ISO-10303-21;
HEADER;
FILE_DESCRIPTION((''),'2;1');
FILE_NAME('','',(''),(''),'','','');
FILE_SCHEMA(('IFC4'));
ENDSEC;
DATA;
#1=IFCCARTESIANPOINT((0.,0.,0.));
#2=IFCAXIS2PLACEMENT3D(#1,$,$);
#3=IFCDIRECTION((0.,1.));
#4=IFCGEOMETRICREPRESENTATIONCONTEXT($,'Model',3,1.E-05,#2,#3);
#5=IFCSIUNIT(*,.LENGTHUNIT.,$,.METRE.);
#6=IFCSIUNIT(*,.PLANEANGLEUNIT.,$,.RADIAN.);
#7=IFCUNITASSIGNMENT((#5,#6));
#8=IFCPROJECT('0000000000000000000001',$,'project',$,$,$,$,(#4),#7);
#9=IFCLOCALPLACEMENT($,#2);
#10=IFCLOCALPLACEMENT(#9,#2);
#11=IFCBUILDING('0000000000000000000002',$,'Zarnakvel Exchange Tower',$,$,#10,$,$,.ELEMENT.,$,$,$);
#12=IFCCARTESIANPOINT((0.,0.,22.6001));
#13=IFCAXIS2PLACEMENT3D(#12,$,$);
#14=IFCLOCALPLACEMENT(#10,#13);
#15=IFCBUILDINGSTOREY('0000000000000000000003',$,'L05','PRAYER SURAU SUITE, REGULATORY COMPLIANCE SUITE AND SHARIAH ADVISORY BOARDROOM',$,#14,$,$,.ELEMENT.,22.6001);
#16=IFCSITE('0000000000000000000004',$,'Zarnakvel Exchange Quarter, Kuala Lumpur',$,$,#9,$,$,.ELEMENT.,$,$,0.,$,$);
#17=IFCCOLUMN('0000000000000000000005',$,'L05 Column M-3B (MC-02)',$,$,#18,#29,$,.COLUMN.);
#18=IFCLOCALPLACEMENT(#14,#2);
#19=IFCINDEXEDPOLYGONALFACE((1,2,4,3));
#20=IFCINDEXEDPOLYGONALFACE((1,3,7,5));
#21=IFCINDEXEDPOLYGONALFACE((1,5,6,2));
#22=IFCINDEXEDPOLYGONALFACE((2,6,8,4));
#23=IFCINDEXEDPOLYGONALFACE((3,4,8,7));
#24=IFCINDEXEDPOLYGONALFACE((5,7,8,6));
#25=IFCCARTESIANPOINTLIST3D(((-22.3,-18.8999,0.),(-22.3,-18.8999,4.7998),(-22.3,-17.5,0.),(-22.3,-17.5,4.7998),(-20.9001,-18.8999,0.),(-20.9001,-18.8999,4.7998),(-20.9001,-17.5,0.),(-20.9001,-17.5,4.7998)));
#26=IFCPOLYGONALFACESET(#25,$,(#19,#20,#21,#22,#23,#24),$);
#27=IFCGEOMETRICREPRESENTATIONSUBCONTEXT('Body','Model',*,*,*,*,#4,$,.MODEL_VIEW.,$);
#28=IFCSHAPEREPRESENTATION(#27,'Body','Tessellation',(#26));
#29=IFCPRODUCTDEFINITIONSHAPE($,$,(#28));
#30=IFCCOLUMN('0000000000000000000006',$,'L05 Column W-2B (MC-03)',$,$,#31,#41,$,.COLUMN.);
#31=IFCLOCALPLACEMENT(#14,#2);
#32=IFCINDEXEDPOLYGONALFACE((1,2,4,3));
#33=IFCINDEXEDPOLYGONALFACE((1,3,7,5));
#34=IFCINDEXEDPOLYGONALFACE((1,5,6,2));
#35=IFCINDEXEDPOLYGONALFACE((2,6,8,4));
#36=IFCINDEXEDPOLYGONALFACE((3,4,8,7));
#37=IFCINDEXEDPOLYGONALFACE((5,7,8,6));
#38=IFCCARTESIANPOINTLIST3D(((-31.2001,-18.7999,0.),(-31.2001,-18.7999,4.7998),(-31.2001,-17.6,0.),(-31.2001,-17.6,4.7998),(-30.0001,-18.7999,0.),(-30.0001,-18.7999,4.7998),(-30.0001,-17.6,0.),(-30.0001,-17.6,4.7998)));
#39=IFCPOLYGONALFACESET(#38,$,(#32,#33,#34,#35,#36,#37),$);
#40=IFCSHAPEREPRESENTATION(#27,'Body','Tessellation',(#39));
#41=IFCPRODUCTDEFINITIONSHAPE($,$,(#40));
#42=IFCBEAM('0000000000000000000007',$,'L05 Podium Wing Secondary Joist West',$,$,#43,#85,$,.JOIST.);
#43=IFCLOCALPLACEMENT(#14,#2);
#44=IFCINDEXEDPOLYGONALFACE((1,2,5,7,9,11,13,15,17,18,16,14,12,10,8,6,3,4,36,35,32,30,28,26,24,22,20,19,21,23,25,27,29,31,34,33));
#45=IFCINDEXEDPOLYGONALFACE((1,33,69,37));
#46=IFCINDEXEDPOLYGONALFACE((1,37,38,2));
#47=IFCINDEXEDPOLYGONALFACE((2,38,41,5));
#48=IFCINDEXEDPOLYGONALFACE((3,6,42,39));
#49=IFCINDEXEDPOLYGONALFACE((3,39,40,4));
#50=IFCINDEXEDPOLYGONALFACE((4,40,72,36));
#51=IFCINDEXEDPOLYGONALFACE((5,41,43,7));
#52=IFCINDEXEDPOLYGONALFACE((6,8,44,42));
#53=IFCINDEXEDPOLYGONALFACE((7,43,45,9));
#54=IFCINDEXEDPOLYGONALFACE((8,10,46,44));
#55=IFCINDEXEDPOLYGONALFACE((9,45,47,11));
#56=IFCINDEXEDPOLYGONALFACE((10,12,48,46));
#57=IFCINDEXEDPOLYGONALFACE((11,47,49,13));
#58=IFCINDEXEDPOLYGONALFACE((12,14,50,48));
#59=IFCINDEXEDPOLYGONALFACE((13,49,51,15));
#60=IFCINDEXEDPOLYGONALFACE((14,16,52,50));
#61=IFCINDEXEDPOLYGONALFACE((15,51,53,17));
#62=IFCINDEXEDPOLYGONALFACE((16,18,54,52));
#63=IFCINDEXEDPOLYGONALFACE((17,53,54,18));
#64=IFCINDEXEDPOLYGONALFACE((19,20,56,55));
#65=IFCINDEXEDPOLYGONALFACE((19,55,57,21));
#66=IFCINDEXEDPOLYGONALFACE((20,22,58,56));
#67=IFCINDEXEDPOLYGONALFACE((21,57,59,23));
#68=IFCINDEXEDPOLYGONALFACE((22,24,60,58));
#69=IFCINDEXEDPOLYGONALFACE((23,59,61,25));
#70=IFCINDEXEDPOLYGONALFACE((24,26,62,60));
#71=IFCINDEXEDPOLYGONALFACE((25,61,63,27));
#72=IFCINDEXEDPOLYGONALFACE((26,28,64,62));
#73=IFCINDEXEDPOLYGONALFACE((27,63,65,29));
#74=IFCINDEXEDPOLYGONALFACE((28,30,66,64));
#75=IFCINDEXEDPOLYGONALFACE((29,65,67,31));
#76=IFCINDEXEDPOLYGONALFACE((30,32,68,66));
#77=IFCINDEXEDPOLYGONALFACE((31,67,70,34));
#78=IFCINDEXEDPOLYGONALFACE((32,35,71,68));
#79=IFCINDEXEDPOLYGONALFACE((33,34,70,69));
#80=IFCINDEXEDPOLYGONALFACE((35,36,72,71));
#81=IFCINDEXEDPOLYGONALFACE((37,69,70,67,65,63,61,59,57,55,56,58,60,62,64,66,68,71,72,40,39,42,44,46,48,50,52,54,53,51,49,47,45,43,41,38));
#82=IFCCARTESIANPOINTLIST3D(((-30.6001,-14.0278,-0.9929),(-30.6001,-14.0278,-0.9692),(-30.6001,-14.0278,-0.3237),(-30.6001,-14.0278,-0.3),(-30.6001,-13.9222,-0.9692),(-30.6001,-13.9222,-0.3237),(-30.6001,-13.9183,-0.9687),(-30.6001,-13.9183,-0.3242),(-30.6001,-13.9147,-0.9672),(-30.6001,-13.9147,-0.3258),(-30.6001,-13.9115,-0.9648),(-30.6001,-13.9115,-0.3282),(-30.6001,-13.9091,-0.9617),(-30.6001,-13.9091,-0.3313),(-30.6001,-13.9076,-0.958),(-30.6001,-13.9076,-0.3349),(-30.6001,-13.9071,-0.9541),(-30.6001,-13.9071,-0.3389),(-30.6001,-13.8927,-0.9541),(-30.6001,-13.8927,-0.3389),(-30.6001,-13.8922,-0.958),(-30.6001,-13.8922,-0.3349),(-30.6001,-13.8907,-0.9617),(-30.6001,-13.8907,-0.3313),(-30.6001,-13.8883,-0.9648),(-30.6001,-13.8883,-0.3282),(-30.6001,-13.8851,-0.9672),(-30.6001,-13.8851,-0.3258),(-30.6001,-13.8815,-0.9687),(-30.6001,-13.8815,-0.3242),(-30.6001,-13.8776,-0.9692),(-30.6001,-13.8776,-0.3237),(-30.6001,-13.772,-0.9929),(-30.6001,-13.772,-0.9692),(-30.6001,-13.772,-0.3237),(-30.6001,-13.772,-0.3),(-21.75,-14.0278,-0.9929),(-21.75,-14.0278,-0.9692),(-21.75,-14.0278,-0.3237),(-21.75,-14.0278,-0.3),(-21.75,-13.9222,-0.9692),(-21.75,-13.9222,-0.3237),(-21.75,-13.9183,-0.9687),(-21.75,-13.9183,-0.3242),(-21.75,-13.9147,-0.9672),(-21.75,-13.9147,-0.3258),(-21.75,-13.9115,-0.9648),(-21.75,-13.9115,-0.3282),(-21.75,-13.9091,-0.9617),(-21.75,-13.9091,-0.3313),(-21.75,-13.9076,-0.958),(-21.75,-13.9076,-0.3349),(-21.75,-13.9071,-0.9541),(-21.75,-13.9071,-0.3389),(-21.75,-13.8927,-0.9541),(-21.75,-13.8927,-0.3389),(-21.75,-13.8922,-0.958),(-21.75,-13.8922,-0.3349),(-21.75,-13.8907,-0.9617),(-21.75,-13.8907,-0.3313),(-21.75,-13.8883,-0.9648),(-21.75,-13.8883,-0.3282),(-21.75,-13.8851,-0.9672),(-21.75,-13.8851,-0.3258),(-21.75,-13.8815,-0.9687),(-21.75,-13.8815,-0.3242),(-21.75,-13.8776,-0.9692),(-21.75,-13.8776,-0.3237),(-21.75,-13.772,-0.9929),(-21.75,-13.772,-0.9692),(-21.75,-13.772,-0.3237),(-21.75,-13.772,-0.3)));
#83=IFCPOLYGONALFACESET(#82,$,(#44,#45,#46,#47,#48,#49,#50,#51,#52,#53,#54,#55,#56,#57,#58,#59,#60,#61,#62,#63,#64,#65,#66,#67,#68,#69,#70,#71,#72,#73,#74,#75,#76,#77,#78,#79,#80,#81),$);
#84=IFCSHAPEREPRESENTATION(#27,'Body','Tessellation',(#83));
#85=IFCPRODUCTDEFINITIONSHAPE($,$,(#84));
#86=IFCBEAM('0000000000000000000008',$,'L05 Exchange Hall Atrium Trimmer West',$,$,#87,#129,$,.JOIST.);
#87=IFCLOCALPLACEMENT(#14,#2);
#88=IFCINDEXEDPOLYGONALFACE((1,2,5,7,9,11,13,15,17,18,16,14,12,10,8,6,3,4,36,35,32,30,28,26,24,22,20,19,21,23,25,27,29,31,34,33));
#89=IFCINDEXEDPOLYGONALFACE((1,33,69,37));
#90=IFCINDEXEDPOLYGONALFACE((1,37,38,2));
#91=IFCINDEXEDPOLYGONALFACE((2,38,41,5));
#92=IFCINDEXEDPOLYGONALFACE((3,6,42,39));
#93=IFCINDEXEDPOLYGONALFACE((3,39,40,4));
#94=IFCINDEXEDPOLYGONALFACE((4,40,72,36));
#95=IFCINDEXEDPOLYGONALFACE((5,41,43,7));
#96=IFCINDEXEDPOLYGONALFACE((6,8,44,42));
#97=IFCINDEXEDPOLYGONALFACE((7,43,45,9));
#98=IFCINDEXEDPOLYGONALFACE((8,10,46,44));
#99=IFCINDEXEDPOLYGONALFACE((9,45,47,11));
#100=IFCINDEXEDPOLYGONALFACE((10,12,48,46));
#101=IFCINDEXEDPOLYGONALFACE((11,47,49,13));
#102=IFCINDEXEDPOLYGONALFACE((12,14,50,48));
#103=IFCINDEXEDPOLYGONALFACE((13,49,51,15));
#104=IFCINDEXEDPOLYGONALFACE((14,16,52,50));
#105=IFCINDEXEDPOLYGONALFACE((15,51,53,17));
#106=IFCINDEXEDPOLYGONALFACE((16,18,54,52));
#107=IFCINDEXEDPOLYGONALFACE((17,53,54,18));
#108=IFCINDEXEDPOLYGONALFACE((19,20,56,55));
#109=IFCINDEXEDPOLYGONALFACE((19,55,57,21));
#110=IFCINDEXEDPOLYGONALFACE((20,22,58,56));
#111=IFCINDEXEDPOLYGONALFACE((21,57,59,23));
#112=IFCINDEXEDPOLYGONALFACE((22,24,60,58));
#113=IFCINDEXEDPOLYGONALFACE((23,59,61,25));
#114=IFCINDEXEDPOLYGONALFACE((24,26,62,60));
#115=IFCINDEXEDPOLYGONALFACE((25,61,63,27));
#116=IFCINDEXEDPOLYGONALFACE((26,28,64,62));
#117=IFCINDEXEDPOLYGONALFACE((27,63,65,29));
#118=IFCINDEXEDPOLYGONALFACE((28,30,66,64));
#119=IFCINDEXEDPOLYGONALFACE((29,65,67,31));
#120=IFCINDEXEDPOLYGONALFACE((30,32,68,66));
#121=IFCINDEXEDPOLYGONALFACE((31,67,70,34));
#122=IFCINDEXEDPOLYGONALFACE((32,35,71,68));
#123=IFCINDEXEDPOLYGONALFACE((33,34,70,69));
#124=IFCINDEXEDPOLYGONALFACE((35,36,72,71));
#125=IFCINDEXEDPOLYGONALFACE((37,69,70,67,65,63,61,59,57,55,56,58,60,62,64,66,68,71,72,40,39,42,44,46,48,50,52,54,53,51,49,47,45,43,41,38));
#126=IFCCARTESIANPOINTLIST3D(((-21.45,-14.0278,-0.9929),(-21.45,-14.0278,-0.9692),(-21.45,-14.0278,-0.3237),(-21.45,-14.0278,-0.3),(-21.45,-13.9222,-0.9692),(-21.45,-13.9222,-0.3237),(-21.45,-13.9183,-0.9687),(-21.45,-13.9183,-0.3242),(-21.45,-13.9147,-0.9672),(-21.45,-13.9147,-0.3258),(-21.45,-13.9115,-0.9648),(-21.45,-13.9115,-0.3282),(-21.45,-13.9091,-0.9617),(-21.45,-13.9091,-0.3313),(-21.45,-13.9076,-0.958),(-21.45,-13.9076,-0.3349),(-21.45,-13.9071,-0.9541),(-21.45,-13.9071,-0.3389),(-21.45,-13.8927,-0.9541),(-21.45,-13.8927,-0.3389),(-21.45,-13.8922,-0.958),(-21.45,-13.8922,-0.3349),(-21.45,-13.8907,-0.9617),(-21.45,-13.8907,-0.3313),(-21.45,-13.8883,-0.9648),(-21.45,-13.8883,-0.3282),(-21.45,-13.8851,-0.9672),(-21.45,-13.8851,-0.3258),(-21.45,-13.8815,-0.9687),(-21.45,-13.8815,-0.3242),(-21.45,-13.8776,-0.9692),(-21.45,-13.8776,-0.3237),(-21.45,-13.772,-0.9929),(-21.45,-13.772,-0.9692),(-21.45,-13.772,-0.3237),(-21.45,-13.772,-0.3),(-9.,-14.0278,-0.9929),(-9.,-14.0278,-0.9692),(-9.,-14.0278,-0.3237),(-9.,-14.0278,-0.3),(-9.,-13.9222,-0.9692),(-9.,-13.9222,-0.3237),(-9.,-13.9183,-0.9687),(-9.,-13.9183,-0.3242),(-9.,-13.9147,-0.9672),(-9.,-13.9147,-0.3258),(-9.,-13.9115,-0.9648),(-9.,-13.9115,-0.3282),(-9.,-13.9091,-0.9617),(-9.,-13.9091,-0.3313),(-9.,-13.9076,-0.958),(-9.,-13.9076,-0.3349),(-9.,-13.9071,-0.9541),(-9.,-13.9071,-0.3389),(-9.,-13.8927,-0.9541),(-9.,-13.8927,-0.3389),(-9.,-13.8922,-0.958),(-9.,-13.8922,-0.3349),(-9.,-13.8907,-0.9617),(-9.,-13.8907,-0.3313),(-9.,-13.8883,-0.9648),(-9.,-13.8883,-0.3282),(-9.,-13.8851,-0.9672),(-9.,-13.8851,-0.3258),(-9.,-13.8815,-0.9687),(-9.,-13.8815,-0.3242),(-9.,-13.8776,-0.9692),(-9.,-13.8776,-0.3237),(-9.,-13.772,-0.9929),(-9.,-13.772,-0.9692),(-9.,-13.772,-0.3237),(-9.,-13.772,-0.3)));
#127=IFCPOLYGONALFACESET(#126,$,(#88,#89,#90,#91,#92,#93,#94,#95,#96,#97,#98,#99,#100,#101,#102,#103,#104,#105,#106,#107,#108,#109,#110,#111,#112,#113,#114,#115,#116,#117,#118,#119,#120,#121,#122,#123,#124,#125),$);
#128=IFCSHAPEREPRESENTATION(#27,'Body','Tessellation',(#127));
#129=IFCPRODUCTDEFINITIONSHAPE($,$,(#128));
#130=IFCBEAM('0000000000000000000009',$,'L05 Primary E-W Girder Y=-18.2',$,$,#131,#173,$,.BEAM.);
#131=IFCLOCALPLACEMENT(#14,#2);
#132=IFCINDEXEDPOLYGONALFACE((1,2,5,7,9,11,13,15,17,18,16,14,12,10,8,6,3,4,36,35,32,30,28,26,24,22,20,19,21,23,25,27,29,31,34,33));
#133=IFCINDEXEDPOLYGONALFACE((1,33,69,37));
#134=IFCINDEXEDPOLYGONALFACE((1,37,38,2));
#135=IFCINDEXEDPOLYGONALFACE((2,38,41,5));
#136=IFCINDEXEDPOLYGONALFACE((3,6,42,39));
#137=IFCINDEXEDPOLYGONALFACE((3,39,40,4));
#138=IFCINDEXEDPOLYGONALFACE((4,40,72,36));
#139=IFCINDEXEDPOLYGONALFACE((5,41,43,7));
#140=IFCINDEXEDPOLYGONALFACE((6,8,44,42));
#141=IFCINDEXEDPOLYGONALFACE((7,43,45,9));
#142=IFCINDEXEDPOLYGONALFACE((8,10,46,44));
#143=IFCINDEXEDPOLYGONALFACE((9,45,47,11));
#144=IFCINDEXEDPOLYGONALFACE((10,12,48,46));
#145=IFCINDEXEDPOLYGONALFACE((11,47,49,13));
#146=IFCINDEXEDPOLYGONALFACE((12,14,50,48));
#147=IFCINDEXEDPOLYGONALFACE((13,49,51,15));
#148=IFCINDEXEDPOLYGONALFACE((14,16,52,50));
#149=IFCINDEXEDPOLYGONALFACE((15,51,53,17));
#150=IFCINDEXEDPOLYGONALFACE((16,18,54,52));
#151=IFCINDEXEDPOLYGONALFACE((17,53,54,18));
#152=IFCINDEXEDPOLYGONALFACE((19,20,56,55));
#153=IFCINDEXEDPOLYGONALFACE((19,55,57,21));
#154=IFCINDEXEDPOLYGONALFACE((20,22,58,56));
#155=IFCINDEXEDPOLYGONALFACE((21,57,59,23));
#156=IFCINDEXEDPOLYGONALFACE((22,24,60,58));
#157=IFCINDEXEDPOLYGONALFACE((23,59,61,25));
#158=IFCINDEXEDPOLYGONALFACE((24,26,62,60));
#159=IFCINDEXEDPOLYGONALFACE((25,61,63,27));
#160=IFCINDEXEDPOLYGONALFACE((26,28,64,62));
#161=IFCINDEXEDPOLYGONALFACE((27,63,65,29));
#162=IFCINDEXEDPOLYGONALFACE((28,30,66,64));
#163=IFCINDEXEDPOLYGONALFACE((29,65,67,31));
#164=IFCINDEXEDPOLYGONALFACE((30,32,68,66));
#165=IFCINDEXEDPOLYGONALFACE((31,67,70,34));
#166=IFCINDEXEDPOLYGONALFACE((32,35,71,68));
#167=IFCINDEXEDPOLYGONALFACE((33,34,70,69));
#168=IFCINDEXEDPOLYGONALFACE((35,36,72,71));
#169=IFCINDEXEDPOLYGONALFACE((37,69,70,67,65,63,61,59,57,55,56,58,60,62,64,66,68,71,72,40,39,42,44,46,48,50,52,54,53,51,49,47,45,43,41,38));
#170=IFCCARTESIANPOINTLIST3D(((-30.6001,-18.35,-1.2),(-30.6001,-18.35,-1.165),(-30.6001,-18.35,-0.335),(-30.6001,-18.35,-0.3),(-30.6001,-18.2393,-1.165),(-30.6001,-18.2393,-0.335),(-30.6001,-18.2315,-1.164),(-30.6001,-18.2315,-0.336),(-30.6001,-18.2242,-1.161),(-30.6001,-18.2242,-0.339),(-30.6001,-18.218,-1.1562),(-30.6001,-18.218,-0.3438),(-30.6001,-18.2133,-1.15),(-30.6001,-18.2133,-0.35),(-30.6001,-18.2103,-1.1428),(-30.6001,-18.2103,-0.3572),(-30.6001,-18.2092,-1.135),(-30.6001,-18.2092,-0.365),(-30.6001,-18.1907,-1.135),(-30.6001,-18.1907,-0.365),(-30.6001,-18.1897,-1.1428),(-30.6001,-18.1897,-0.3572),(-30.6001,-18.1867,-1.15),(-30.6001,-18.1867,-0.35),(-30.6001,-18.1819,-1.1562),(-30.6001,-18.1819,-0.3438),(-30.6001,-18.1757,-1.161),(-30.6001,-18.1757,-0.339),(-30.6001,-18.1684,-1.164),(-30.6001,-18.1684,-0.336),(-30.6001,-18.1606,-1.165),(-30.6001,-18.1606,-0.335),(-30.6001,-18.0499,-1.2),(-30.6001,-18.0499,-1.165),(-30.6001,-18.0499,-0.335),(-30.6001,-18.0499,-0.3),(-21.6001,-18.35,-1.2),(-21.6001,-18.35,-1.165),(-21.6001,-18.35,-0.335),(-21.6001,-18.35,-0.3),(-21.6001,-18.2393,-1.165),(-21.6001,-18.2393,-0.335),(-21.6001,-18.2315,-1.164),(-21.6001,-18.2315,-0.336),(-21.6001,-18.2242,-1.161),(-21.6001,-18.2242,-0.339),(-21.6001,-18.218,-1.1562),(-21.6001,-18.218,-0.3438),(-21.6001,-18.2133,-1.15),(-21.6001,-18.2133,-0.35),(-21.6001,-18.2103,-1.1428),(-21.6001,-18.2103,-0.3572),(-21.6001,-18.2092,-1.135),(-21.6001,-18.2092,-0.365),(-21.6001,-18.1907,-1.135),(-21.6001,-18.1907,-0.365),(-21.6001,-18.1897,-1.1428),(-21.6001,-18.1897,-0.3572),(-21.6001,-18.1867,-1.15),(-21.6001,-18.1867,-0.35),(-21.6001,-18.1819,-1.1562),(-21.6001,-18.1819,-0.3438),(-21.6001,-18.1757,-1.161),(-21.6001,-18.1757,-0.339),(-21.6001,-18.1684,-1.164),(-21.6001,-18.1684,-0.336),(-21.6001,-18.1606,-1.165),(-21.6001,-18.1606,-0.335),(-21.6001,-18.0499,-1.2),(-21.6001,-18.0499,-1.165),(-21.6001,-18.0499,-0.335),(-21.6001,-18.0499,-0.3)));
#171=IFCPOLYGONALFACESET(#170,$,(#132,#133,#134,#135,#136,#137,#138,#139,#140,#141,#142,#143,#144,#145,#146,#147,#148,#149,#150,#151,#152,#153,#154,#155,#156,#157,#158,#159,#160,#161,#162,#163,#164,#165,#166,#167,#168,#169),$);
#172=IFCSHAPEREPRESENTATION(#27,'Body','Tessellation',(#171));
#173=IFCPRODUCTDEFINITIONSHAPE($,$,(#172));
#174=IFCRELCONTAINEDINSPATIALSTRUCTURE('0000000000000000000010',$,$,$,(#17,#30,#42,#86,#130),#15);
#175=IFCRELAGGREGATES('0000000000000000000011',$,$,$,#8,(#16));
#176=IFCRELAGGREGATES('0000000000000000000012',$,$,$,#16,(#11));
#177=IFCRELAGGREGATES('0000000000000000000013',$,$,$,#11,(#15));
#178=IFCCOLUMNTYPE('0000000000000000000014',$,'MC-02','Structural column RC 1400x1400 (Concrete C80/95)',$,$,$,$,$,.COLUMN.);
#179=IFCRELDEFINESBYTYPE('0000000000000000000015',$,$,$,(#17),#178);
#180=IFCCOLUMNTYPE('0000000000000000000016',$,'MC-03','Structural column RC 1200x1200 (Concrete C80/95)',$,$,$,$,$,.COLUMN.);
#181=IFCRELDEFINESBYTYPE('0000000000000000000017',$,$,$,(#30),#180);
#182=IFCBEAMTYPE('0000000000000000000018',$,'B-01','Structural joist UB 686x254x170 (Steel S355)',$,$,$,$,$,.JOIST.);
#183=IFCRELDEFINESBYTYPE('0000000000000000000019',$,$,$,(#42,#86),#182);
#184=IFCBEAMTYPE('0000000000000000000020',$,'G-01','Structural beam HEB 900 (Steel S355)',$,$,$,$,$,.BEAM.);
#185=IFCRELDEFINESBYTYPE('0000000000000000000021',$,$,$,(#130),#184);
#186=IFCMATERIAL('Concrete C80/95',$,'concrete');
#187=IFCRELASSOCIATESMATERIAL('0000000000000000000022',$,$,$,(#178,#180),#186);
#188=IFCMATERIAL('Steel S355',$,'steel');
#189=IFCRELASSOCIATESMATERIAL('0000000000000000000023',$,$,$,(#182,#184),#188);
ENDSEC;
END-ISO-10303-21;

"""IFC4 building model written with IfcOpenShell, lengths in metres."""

from ifc_helpers import new_model, si_unit, direction, frame, origin, origin_2d, place, context, subcontext, project, spatial, rectangle, i_section, extrude, material, material_profile, profile_set, type_object, element, save


model = new_model("IFC4")

# Units and contexts
model_context = context("Model", 3, precision=1e-05, world=origin(), true_north=direction((0.0, 1.0)))
body_context = subcontext(model_context, "Body", "Model", "MODEL_VIEW")
ifc_project = project(units=[si_unit("LENGTHUNIT", "METRE"), si_unit("PLANEANGLEUNIT", "RADIAN")], contexts=[model_context])

# Site, building, storey
site_placement = place(None, origin())
site = spatial("IfcSite", under=ifc_project, at=site_placement, Name="Zarnakvel Exchange Quarter, Kuala Lumpur", CompositionType="ELEMENT", RefElevation=0.0)
building_placement = place(site_placement, origin())
building = spatial("IfcBuilding", under=site, at=building_placement, Name="Zarnakvel Exchange Tower", CompositionType="ELEMENT")
storey_placement = place(building_placement, frame((0.0, 0.0, 22.6001)))
storey = spatial("IfcBuildingStorey", under=building, at=storey_placement, Name="L05", Description="PRAYER SURAU SUITE, REGULATORY COMPLIANCE SUITE AND SHARIAH ADVISORY BOARDROOM", CompositionType="ELEMENT", Elevation=22.6001)

# Columns
ifc_material_1 = material(Name="Concrete C80/95", Category="concrete")
ifc_material_profile_1 = material_profile(ifc_material_1, rectangle(XDim=1.3999, YDim=1.3999, at=origin_2d()))
ifc_profile_set_1 = profile_set([ifc_material_profile_1], Name="Concrete C80/95")
column_type_1 = type_object("IfcColumnType", Name="MC-02", Description="Structural column RC 1400x1400 (Concrete C80/95)", PredefinedType="COLUMN", material=ifc_profile_set_1)
column_1_placement = place(storey_placement, frame((-21.6001, -18.2, 0.0), z_axis=(0.0, 0.0, 1.0), x_axis=(1.0, 0.0, 0.0)))
element("IfcColumn", 1, at=column_1_placement, inside=storey, type_object=column_type_1, Name="L05 Column M-3B (MC-02)", PredefinedType="COLUMN", context=body_context, shape_type="SweptSolid", body=[
    extrude(rectangle(XDim=1.3999, YDim=1.3999, at=origin_2d()), origin(), (0.0, 0.0, 1.0), 4.7998),
])
ifc_material_profile_2 = material_profile(ifc_material_1, rectangle(XDim=1.2, YDim=1.2, at=origin_2d()))
ifc_profile_set_2 = profile_set([ifc_material_profile_2], Name="Concrete C80/95")
column_type_2 = type_object("IfcColumnType", Name="MC-03", Description="Structural column RC 1200x1200 (Concrete C80/95)", PredefinedType="COLUMN", material=ifc_profile_set_2)
column_2_placement = place(storey_placement, frame((-30.6001, -18.2, 0.0), z_axis=(0.0, 0.0, 1.0), x_axis=(1.0, 0.0, 0.0)))
element("IfcColumn", 2, at=column_2_placement, inside=storey, type_object=column_type_2, Name="L05 Column W-2B (MC-03)", PredefinedType="COLUMN", context=body_context, shape_type="SweptSolid", body=[
    extrude(rectangle(XDim=1.2, YDim=1.2, at=origin_2d()), origin(), (0.0, 0.0, 1.0), 4.7998),
])

# Beams
ifc_material_2 = material(Name="Steel S355", Category="steel")
ifc_material_profile_3 = material_profile(ifc_material_2, i_section(OverallWidth=0.2559, OverallDepth=0.6929, WebThickness=0.0144, FlangeThickness=0.0237, FilletRadius=0.0151, at=origin_2d()))
ifc_profile_set_3 = profile_set([ifc_material_profile_3], Name="Steel S355")
beam_type_1 = type_object("IfcBeamType", Name="B-01", Description="Structural joist UB 686x254x170 (Steel S355)", PredefinedType="JOIST", material=ifc_profile_set_3)
beam_1_placement = place(storey_placement, frame((-30.6001, -13.8999, -0.6465), z_axis=(1.0, 0.0, 0.0), x_axis=(0.0, 1.0, 0.0)))
element("IfcBeam", 3, at=beam_1_placement, inside=storey, type_object=beam_type_1, Name="L05 Podium Wing Secondary Joist West", PredefinedType="JOIST", context=body_context, shape_type="SweptSolid", body=[
    extrude(i_section(OverallWidth=0.2559, OverallDepth=0.6929, WebThickness=0.0144, FlangeThickness=0.0237, FilletRadius=0.0151, at=origin_2d()), origin(), (0.0, 0.0, 1.0), 8.8501),
])
beam_2_placement = place(storey_placement, frame((-21.45, -13.8999, -0.6465), z_axis=(1.0, 0.0, 0.0), x_axis=(0.0, 1.0, 0.0)))
element("IfcBeam", 4, at=beam_2_placement, inside=storey, type_object=beam_type_1, Name="L05 Exchange Hall Atrium Trimmer West", PredefinedType="JOIST", context=body_context, shape_type="SweptSolid", body=[
    extrude(i_section(OverallWidth=0.2559, OverallDepth=0.6929, WebThickness=0.0144, FlangeThickness=0.0237, FilletRadius=0.0151, at=origin_2d()), origin(), (0.0, 0.0, 1.0), 12.45),
])
ifc_material_profile_4 = material_profile(ifc_material_2, i_section(OverallWidth=0.3, OverallDepth=0.8999, WebThickness=0.0186, FlangeThickness=0.0349, FilletRadius=0.03, at=origin_2d()))
ifc_profile_set_4 = profile_set([ifc_material_profile_4], Name="Steel S355")
beam_type_2 = type_object("IfcBeamType", Name="G-01", Description="Structural beam HEB 900 (Steel S355)", PredefinedType="BEAM", material=ifc_profile_set_4)
beam_3_placement = place(storey_placement, frame((-30.6001, -18.2, -0.75), z_axis=(1.0, 0.0, 0.0), x_axis=(0.0, 1.0, 0.0)))
element("IfcBeam", 5, at=beam_3_placement, inside=storey, type_object=beam_type_2, Name="L05 Primary E-W Girder Y=-18.2", PredefinedType="BEAM", context=body_context, shape_type="SweptSolid", body=[
    extrude(i_section(OverallWidth=0.3, OverallDepth=0.8999, WebThickness=0.0186, FlangeThickness=0.0349, FilletRadius=0.03, at=origin_2d()), origin(), (0.0, 0.0, 1.0), 9.0),
])

save(model, "model.ifc")
